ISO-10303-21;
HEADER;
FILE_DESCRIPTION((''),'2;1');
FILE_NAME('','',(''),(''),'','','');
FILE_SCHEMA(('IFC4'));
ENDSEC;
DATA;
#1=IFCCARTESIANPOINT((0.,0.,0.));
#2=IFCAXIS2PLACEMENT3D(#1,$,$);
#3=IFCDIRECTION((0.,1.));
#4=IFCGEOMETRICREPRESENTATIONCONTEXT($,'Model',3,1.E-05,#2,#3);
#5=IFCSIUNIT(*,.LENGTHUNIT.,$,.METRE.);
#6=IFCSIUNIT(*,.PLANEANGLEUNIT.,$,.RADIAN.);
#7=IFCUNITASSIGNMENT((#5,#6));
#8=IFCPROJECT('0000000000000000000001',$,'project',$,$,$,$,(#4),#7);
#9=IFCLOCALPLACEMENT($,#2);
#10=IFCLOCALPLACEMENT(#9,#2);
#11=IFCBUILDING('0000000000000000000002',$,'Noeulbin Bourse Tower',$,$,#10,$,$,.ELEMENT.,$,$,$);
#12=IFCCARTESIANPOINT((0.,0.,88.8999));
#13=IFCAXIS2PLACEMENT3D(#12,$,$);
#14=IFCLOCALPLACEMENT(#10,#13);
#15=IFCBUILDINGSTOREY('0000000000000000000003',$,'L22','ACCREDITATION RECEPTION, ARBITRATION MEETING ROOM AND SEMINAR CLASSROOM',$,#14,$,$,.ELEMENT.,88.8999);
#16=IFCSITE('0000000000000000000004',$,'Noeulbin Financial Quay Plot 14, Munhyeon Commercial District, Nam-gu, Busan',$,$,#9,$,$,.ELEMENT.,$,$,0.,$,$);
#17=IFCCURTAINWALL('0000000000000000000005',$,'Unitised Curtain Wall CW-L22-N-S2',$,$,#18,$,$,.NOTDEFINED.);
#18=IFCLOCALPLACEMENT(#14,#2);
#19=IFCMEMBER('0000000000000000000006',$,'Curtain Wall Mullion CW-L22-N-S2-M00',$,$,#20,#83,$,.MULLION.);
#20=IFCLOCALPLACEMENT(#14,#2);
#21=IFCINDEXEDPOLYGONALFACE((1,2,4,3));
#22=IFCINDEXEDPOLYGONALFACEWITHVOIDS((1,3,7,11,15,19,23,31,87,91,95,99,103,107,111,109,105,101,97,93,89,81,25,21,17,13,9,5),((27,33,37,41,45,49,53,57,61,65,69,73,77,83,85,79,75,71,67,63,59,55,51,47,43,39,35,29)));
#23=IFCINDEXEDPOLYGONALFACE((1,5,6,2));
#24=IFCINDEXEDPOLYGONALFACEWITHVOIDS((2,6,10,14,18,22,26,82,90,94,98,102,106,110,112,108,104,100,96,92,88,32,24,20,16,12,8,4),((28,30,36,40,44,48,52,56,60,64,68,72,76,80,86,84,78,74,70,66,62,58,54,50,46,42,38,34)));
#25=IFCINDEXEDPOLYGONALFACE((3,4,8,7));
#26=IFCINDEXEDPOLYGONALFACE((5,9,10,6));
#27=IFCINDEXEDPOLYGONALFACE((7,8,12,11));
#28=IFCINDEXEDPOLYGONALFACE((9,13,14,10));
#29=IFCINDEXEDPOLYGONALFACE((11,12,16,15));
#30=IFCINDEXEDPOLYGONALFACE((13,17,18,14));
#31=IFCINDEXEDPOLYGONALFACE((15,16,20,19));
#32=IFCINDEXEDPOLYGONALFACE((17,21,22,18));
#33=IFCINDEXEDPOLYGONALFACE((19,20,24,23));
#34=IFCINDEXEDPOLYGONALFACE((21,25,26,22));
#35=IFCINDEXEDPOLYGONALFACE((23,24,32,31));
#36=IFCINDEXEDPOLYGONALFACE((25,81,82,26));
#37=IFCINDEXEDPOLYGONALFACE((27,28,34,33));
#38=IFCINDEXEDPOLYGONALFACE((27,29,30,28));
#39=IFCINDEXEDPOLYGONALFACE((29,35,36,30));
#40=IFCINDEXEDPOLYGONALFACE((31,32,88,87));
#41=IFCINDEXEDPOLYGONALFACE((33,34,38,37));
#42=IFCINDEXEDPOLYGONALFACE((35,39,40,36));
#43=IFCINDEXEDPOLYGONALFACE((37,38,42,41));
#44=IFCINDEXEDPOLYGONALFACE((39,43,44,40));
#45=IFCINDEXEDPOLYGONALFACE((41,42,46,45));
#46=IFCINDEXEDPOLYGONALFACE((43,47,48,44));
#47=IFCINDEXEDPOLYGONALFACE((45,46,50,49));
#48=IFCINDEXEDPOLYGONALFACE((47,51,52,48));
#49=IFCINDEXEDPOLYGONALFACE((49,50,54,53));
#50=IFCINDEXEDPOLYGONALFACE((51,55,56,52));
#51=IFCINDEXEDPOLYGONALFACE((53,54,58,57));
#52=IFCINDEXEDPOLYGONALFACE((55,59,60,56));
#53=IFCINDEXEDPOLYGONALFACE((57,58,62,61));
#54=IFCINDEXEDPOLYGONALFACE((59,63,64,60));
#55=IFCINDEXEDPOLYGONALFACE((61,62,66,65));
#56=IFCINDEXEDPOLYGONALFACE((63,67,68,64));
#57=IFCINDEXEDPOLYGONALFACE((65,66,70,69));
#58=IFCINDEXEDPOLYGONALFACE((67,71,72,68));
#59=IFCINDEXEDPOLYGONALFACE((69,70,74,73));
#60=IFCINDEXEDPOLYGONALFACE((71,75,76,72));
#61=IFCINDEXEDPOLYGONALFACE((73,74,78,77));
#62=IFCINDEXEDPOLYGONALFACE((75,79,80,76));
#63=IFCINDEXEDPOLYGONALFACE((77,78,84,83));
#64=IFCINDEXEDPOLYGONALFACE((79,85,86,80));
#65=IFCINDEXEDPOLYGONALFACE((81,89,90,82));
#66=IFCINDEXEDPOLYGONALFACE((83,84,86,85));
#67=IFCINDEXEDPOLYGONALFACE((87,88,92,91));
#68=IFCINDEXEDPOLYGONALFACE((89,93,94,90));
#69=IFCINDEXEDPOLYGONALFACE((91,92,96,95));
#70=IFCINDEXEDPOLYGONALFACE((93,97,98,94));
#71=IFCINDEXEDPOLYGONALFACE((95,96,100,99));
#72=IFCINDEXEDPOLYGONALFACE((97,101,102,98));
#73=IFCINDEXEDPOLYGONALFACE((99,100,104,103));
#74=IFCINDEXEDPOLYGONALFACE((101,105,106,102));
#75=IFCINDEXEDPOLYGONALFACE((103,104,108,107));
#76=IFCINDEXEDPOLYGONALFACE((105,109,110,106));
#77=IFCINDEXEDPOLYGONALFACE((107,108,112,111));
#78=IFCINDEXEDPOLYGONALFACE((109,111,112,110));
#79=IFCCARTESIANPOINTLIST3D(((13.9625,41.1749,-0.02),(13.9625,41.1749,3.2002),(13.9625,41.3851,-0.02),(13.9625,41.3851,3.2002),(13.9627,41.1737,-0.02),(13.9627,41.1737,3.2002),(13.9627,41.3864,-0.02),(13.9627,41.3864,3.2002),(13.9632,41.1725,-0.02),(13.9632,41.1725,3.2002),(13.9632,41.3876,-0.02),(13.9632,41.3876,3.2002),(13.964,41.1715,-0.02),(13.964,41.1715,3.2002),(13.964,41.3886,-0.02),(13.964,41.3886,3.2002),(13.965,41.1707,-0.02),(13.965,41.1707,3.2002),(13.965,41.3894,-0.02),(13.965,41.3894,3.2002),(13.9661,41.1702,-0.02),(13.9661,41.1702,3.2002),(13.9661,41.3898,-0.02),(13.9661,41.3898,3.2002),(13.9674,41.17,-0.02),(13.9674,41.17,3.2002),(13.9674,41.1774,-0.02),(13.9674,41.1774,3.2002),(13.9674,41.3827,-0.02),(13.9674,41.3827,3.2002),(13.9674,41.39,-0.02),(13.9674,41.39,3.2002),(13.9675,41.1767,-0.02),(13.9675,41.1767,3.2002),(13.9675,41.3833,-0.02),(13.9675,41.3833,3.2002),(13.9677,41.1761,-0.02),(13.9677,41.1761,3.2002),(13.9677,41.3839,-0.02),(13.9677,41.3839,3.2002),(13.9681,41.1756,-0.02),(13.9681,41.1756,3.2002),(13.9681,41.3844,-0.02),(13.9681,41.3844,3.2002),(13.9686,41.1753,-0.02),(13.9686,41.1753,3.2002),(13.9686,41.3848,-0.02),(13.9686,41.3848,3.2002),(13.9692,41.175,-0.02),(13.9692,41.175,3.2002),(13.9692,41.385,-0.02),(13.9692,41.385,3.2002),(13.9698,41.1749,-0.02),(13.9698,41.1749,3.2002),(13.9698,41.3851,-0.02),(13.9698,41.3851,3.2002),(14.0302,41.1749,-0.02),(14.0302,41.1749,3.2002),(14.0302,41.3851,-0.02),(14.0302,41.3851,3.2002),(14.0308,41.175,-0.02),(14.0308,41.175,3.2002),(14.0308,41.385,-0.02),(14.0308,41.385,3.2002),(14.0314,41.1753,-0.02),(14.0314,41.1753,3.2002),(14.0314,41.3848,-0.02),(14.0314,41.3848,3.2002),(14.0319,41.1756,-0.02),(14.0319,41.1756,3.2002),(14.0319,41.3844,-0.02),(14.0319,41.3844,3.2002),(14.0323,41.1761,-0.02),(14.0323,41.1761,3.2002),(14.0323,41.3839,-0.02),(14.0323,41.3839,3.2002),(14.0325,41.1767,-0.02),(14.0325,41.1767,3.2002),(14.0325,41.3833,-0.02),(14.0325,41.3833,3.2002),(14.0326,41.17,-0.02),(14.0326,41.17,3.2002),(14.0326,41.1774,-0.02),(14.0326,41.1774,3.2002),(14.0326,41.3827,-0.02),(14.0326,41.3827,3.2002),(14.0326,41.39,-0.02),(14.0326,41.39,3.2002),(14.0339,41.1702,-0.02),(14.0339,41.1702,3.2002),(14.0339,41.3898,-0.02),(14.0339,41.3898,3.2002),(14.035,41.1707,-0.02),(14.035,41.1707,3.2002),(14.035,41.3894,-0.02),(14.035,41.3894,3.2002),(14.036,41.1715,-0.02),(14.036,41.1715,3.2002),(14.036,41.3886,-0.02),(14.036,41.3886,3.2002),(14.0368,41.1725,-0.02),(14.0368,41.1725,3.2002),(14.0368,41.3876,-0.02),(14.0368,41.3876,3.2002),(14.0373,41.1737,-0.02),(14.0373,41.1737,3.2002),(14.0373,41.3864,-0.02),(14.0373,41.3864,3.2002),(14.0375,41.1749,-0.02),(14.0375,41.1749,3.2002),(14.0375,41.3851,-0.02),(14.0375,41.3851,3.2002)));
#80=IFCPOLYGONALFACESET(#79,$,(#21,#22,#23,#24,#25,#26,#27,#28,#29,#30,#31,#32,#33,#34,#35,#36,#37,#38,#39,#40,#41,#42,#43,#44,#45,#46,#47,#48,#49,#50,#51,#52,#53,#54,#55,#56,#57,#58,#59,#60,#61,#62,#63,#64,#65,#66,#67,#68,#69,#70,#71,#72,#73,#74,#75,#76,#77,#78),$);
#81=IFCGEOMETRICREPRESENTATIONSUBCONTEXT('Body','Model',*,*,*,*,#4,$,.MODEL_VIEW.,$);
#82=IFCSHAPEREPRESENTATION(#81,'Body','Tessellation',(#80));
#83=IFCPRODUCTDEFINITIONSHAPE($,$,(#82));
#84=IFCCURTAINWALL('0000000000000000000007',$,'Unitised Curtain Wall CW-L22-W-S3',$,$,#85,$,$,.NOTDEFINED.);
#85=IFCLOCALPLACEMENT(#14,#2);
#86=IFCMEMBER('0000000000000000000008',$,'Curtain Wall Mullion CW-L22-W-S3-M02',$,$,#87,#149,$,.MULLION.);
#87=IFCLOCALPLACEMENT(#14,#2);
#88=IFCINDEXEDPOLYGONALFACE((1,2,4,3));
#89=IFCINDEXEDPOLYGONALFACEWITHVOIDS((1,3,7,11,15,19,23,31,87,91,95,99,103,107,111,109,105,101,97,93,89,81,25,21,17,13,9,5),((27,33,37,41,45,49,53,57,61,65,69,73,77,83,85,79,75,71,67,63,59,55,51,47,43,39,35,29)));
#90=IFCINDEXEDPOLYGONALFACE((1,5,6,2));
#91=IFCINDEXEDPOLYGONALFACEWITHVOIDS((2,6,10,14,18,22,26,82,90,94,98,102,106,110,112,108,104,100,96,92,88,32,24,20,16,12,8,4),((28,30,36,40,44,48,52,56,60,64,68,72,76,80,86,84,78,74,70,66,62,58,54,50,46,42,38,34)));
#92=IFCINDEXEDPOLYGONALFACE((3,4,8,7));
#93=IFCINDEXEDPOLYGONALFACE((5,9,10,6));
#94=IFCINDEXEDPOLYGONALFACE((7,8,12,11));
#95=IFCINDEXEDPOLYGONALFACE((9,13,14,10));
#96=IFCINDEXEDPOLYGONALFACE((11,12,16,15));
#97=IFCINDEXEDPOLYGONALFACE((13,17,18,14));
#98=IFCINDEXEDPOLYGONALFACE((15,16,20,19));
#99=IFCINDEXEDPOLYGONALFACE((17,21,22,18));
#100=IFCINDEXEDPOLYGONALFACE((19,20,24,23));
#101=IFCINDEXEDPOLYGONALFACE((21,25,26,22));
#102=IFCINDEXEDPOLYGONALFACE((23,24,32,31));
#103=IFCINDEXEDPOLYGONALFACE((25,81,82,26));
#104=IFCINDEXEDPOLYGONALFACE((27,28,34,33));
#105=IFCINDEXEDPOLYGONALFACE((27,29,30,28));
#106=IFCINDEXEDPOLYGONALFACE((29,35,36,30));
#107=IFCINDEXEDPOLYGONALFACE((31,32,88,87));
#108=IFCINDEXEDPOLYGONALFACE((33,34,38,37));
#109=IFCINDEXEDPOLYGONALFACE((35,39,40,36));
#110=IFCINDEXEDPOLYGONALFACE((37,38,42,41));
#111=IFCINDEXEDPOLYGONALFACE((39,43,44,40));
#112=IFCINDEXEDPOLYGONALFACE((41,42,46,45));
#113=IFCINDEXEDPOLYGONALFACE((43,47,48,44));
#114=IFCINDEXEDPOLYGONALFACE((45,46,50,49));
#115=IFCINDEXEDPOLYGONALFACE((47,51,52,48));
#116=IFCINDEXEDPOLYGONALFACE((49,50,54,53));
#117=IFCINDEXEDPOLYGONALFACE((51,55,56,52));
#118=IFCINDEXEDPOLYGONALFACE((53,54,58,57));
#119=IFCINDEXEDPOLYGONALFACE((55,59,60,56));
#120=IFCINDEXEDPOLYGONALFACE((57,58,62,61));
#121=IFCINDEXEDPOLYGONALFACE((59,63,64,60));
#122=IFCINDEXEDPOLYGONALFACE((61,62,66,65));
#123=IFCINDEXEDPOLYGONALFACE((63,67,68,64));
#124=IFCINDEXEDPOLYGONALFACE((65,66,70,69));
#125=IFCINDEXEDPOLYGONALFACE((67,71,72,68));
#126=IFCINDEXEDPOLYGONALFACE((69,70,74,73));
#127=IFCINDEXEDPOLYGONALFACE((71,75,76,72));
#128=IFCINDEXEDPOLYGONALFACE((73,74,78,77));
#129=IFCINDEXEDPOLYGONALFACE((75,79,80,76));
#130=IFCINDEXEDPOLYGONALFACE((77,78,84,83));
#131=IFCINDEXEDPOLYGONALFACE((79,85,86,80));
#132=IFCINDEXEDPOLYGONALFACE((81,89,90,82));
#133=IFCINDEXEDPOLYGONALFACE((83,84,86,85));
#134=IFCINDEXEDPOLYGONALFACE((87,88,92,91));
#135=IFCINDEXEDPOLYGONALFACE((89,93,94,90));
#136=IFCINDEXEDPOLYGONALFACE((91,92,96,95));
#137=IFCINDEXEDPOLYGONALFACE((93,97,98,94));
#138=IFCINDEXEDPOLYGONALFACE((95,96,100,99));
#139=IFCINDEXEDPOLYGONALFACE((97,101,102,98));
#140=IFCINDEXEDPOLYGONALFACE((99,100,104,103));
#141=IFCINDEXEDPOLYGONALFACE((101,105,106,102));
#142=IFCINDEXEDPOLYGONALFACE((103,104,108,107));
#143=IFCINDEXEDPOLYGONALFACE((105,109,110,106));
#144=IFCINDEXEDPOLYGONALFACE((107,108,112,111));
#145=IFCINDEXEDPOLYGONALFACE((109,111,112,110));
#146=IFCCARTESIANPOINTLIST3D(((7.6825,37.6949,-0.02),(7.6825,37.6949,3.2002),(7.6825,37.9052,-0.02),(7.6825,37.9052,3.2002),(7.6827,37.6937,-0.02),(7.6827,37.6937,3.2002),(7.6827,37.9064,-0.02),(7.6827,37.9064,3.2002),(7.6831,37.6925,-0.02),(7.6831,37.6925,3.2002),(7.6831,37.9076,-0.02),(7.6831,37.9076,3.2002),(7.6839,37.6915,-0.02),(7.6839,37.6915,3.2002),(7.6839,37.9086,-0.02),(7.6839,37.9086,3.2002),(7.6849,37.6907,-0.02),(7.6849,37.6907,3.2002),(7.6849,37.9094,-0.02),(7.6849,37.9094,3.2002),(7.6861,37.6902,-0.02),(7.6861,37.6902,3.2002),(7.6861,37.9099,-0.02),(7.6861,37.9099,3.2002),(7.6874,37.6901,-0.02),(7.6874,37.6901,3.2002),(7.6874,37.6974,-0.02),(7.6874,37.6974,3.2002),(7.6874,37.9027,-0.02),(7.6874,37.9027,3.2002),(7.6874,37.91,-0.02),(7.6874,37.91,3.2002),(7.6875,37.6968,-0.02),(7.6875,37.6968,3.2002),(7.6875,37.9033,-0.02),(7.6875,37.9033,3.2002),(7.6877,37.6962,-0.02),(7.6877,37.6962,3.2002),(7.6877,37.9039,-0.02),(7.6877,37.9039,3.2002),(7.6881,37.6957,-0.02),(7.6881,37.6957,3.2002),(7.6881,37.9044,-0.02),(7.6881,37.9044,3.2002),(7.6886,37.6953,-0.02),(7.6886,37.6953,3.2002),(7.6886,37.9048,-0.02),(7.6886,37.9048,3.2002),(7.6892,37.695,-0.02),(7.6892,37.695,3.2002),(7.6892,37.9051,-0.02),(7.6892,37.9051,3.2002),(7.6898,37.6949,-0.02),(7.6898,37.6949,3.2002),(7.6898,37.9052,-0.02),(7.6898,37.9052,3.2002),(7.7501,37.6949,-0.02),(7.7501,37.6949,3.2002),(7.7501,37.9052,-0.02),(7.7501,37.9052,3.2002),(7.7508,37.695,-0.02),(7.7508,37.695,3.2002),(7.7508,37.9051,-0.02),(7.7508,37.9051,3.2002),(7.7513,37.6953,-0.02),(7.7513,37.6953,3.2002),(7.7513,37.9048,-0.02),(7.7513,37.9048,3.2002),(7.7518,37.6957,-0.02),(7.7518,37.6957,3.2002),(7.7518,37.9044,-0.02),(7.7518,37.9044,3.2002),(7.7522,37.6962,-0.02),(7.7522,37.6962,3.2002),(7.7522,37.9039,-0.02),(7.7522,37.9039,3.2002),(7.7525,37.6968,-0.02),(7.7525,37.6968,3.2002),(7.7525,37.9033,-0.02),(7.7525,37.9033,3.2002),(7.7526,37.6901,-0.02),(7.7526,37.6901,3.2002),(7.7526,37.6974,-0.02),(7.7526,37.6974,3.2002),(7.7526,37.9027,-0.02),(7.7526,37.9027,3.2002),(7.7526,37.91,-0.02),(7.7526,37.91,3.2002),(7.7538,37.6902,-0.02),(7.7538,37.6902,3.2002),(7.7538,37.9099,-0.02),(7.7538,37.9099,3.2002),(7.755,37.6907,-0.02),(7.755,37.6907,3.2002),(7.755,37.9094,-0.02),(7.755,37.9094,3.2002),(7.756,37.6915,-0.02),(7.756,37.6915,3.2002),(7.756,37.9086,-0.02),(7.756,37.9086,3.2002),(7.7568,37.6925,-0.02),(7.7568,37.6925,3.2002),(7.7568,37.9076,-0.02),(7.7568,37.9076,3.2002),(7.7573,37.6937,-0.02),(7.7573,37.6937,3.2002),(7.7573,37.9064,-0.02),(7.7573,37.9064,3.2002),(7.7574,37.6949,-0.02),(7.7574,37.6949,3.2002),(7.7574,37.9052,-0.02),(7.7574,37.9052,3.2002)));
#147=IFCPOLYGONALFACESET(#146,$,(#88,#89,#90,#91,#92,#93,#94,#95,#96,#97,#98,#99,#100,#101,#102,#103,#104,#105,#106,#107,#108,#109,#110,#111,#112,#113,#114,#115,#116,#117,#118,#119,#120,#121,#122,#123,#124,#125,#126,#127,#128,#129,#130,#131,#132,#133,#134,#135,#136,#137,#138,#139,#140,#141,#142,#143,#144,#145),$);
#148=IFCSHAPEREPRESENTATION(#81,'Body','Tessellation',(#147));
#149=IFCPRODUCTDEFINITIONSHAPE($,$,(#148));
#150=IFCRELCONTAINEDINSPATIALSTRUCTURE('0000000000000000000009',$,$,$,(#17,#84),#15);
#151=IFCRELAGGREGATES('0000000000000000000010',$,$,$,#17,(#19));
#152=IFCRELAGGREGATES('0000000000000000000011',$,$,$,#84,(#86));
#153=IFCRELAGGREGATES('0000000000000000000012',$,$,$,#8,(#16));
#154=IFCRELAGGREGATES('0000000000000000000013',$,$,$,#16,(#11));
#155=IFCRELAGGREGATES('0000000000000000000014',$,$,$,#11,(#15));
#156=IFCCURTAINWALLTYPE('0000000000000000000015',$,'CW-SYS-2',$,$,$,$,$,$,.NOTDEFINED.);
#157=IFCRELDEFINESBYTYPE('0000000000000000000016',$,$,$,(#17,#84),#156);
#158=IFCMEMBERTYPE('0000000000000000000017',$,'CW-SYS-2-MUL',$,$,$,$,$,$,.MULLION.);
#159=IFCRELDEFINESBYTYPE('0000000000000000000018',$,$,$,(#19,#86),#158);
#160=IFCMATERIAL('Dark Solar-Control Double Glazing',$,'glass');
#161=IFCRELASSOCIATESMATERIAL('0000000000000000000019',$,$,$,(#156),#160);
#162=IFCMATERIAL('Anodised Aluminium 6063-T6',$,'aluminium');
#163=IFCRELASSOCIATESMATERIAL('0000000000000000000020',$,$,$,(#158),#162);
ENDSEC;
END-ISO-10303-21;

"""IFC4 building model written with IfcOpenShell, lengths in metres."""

from ifc_helpers import new_model, si_unit, direction, frame, origin, origin_2d, place, context, subcontext, project, spatial, hollow_rectangle, extrude, material, material_profile, profile_set, type_object, element, aggregate, save


model = new_model("IFC4")

# Units and contexts
model_context = context("Model", 3, precision=1e-05, world=origin(), true_north=direction((0.0, 1.0)))
body_context = subcontext(model_context, "Body", "Model", "MODEL_VIEW")
ifc_project = project(units=[si_unit("LENGTHUNIT", "METRE"), si_unit("PLANEANGLEUNIT", "RADIAN")], contexts=[model_context])

# Site, building, storey
site_placement = place(None, origin())
site = spatial("IfcSite", under=ifc_project, at=site_placement, Name="Noeulbin Financial Quay Plot 14, Munhyeon Commercial District, Nam-gu, Busan", CompositionType="ELEMENT", RefElevation=0.0)
building_placement = place(site_placement, origin())
building = spatial("IfcBuilding", under=site, at=building_placement, Name="Noeulbin Bourse Tower", CompositionType="ELEMENT")
storey_placement = place(building_placement, frame((0.0, 0.0, 88.8999)))
storey = spatial("IfcBuildingStorey", under=building, at=storey_placement, Name="L22", Description="ACCREDITATION RECEPTION, ARBITRATION MEETING ROOM AND SEMINAR CLASSROOM", CompositionType="ELEMENT", Elevation=88.8999)

# Shared definitions
ifc_material_1 = material(Name="Dark Solar-Control Double Glazing", Category="glass")
curtain_wall_type = type_object("IfcCurtainWallType", Name="CW-SYS-2", PredefinedType="NOTDEFINED", material=ifc_material_1)
ifc_material_2 = material(Name="Anodised Aluminium 6063-T6", Category="aluminium")
ifc_material_profile_1 = material_profile(ifc_material_2, hollow_rectangle(XDim=0.075, YDim=0.22, WallThickness=0.0049, InnerFilletRadius=0.0024, OuterFilletRadius=0.0049, at=origin_2d()), Name="ALU-MULL-75x220x5", Category="LoadBearing")
ifc_profile_set_1 = profile_set([ifc_material_profile_1], Name="Anodised Aluminium 6063-T6")
member_type_1 = type_object("IfcMemberType", Name="CW-SYS-2-MUL", PredefinedType="MULLION", material=ifc_profile_set_1)

# Curtain walls, members
curtain_wall_1_placement = place(storey_placement, origin())
curtain_wall_1 = element("IfcCurtainWall", 1, at=curtain_wall_1_placement, inside=storey, type_object=curtain_wall_type, Name="Unitised Curtain Wall CW-L22-N-S2", PredefinedType="NOTDEFINED")
member_1_placement = place(storey_placement, frame((14.0, 41.28, -0.02), z_axis=(0.0, 0.0, 1.0), x_axis=(1.0, 0.0, 0.0)))
member_1 = element("IfcMember", 2, at=member_1_placement, type_object=member_type_1, Name="Curtain Wall Mullion CW-L22-N-S2-M00", PredefinedType="MULLION", context=body_context, shape_type="SweptSolid", body=[
    extrude(hollow_rectangle(XDim=0.075, YDim=0.22, WallThickness=0.0049, InnerFilletRadius=0.0024, OuterFilletRadius=0.0049, at=origin_2d()), origin(), (0.0, 0.0, 1.0), 3.2202),
])
curtain_wall_2_placement = place(storey_placement, origin())
curtain_wall_2 = element("IfcCurtainWall", 3, at=curtain_wall_2_placement, inside=storey, type_object=curtain_wall_type, Name="Unitised Curtain Wall CW-L22-W-S3", PredefinedType="NOTDEFINED")
member_2_placement = place(storey_placement, frame((7.72, 37.8, -0.02), z_axis=(0.0, 0.0, 1.0), x_axis=(1.0, 0.0, 0.0)))
member_2 = element("IfcMember", 4, at=member_2_placement, type_object=member_type_1, Name="Curtain Wall Mullion CW-L22-W-S3-M02", PredefinedType="MULLION", context=body_context, shape_type="SweptSolid", body=[
    extrude(hollow_rectangle(XDim=0.075, YDim=0.22, WallThickness=0.0049, InnerFilletRadius=0.0024, OuterFilletRadius=0.0049, at=origin_2d()), origin(), (0.0, 0.0, 1.0), 3.2202),
])

aggregate(curtain_wall_1, [member_1])

aggregate(curtain_wall_2, [member_2])

save(model, "model.ifc")
